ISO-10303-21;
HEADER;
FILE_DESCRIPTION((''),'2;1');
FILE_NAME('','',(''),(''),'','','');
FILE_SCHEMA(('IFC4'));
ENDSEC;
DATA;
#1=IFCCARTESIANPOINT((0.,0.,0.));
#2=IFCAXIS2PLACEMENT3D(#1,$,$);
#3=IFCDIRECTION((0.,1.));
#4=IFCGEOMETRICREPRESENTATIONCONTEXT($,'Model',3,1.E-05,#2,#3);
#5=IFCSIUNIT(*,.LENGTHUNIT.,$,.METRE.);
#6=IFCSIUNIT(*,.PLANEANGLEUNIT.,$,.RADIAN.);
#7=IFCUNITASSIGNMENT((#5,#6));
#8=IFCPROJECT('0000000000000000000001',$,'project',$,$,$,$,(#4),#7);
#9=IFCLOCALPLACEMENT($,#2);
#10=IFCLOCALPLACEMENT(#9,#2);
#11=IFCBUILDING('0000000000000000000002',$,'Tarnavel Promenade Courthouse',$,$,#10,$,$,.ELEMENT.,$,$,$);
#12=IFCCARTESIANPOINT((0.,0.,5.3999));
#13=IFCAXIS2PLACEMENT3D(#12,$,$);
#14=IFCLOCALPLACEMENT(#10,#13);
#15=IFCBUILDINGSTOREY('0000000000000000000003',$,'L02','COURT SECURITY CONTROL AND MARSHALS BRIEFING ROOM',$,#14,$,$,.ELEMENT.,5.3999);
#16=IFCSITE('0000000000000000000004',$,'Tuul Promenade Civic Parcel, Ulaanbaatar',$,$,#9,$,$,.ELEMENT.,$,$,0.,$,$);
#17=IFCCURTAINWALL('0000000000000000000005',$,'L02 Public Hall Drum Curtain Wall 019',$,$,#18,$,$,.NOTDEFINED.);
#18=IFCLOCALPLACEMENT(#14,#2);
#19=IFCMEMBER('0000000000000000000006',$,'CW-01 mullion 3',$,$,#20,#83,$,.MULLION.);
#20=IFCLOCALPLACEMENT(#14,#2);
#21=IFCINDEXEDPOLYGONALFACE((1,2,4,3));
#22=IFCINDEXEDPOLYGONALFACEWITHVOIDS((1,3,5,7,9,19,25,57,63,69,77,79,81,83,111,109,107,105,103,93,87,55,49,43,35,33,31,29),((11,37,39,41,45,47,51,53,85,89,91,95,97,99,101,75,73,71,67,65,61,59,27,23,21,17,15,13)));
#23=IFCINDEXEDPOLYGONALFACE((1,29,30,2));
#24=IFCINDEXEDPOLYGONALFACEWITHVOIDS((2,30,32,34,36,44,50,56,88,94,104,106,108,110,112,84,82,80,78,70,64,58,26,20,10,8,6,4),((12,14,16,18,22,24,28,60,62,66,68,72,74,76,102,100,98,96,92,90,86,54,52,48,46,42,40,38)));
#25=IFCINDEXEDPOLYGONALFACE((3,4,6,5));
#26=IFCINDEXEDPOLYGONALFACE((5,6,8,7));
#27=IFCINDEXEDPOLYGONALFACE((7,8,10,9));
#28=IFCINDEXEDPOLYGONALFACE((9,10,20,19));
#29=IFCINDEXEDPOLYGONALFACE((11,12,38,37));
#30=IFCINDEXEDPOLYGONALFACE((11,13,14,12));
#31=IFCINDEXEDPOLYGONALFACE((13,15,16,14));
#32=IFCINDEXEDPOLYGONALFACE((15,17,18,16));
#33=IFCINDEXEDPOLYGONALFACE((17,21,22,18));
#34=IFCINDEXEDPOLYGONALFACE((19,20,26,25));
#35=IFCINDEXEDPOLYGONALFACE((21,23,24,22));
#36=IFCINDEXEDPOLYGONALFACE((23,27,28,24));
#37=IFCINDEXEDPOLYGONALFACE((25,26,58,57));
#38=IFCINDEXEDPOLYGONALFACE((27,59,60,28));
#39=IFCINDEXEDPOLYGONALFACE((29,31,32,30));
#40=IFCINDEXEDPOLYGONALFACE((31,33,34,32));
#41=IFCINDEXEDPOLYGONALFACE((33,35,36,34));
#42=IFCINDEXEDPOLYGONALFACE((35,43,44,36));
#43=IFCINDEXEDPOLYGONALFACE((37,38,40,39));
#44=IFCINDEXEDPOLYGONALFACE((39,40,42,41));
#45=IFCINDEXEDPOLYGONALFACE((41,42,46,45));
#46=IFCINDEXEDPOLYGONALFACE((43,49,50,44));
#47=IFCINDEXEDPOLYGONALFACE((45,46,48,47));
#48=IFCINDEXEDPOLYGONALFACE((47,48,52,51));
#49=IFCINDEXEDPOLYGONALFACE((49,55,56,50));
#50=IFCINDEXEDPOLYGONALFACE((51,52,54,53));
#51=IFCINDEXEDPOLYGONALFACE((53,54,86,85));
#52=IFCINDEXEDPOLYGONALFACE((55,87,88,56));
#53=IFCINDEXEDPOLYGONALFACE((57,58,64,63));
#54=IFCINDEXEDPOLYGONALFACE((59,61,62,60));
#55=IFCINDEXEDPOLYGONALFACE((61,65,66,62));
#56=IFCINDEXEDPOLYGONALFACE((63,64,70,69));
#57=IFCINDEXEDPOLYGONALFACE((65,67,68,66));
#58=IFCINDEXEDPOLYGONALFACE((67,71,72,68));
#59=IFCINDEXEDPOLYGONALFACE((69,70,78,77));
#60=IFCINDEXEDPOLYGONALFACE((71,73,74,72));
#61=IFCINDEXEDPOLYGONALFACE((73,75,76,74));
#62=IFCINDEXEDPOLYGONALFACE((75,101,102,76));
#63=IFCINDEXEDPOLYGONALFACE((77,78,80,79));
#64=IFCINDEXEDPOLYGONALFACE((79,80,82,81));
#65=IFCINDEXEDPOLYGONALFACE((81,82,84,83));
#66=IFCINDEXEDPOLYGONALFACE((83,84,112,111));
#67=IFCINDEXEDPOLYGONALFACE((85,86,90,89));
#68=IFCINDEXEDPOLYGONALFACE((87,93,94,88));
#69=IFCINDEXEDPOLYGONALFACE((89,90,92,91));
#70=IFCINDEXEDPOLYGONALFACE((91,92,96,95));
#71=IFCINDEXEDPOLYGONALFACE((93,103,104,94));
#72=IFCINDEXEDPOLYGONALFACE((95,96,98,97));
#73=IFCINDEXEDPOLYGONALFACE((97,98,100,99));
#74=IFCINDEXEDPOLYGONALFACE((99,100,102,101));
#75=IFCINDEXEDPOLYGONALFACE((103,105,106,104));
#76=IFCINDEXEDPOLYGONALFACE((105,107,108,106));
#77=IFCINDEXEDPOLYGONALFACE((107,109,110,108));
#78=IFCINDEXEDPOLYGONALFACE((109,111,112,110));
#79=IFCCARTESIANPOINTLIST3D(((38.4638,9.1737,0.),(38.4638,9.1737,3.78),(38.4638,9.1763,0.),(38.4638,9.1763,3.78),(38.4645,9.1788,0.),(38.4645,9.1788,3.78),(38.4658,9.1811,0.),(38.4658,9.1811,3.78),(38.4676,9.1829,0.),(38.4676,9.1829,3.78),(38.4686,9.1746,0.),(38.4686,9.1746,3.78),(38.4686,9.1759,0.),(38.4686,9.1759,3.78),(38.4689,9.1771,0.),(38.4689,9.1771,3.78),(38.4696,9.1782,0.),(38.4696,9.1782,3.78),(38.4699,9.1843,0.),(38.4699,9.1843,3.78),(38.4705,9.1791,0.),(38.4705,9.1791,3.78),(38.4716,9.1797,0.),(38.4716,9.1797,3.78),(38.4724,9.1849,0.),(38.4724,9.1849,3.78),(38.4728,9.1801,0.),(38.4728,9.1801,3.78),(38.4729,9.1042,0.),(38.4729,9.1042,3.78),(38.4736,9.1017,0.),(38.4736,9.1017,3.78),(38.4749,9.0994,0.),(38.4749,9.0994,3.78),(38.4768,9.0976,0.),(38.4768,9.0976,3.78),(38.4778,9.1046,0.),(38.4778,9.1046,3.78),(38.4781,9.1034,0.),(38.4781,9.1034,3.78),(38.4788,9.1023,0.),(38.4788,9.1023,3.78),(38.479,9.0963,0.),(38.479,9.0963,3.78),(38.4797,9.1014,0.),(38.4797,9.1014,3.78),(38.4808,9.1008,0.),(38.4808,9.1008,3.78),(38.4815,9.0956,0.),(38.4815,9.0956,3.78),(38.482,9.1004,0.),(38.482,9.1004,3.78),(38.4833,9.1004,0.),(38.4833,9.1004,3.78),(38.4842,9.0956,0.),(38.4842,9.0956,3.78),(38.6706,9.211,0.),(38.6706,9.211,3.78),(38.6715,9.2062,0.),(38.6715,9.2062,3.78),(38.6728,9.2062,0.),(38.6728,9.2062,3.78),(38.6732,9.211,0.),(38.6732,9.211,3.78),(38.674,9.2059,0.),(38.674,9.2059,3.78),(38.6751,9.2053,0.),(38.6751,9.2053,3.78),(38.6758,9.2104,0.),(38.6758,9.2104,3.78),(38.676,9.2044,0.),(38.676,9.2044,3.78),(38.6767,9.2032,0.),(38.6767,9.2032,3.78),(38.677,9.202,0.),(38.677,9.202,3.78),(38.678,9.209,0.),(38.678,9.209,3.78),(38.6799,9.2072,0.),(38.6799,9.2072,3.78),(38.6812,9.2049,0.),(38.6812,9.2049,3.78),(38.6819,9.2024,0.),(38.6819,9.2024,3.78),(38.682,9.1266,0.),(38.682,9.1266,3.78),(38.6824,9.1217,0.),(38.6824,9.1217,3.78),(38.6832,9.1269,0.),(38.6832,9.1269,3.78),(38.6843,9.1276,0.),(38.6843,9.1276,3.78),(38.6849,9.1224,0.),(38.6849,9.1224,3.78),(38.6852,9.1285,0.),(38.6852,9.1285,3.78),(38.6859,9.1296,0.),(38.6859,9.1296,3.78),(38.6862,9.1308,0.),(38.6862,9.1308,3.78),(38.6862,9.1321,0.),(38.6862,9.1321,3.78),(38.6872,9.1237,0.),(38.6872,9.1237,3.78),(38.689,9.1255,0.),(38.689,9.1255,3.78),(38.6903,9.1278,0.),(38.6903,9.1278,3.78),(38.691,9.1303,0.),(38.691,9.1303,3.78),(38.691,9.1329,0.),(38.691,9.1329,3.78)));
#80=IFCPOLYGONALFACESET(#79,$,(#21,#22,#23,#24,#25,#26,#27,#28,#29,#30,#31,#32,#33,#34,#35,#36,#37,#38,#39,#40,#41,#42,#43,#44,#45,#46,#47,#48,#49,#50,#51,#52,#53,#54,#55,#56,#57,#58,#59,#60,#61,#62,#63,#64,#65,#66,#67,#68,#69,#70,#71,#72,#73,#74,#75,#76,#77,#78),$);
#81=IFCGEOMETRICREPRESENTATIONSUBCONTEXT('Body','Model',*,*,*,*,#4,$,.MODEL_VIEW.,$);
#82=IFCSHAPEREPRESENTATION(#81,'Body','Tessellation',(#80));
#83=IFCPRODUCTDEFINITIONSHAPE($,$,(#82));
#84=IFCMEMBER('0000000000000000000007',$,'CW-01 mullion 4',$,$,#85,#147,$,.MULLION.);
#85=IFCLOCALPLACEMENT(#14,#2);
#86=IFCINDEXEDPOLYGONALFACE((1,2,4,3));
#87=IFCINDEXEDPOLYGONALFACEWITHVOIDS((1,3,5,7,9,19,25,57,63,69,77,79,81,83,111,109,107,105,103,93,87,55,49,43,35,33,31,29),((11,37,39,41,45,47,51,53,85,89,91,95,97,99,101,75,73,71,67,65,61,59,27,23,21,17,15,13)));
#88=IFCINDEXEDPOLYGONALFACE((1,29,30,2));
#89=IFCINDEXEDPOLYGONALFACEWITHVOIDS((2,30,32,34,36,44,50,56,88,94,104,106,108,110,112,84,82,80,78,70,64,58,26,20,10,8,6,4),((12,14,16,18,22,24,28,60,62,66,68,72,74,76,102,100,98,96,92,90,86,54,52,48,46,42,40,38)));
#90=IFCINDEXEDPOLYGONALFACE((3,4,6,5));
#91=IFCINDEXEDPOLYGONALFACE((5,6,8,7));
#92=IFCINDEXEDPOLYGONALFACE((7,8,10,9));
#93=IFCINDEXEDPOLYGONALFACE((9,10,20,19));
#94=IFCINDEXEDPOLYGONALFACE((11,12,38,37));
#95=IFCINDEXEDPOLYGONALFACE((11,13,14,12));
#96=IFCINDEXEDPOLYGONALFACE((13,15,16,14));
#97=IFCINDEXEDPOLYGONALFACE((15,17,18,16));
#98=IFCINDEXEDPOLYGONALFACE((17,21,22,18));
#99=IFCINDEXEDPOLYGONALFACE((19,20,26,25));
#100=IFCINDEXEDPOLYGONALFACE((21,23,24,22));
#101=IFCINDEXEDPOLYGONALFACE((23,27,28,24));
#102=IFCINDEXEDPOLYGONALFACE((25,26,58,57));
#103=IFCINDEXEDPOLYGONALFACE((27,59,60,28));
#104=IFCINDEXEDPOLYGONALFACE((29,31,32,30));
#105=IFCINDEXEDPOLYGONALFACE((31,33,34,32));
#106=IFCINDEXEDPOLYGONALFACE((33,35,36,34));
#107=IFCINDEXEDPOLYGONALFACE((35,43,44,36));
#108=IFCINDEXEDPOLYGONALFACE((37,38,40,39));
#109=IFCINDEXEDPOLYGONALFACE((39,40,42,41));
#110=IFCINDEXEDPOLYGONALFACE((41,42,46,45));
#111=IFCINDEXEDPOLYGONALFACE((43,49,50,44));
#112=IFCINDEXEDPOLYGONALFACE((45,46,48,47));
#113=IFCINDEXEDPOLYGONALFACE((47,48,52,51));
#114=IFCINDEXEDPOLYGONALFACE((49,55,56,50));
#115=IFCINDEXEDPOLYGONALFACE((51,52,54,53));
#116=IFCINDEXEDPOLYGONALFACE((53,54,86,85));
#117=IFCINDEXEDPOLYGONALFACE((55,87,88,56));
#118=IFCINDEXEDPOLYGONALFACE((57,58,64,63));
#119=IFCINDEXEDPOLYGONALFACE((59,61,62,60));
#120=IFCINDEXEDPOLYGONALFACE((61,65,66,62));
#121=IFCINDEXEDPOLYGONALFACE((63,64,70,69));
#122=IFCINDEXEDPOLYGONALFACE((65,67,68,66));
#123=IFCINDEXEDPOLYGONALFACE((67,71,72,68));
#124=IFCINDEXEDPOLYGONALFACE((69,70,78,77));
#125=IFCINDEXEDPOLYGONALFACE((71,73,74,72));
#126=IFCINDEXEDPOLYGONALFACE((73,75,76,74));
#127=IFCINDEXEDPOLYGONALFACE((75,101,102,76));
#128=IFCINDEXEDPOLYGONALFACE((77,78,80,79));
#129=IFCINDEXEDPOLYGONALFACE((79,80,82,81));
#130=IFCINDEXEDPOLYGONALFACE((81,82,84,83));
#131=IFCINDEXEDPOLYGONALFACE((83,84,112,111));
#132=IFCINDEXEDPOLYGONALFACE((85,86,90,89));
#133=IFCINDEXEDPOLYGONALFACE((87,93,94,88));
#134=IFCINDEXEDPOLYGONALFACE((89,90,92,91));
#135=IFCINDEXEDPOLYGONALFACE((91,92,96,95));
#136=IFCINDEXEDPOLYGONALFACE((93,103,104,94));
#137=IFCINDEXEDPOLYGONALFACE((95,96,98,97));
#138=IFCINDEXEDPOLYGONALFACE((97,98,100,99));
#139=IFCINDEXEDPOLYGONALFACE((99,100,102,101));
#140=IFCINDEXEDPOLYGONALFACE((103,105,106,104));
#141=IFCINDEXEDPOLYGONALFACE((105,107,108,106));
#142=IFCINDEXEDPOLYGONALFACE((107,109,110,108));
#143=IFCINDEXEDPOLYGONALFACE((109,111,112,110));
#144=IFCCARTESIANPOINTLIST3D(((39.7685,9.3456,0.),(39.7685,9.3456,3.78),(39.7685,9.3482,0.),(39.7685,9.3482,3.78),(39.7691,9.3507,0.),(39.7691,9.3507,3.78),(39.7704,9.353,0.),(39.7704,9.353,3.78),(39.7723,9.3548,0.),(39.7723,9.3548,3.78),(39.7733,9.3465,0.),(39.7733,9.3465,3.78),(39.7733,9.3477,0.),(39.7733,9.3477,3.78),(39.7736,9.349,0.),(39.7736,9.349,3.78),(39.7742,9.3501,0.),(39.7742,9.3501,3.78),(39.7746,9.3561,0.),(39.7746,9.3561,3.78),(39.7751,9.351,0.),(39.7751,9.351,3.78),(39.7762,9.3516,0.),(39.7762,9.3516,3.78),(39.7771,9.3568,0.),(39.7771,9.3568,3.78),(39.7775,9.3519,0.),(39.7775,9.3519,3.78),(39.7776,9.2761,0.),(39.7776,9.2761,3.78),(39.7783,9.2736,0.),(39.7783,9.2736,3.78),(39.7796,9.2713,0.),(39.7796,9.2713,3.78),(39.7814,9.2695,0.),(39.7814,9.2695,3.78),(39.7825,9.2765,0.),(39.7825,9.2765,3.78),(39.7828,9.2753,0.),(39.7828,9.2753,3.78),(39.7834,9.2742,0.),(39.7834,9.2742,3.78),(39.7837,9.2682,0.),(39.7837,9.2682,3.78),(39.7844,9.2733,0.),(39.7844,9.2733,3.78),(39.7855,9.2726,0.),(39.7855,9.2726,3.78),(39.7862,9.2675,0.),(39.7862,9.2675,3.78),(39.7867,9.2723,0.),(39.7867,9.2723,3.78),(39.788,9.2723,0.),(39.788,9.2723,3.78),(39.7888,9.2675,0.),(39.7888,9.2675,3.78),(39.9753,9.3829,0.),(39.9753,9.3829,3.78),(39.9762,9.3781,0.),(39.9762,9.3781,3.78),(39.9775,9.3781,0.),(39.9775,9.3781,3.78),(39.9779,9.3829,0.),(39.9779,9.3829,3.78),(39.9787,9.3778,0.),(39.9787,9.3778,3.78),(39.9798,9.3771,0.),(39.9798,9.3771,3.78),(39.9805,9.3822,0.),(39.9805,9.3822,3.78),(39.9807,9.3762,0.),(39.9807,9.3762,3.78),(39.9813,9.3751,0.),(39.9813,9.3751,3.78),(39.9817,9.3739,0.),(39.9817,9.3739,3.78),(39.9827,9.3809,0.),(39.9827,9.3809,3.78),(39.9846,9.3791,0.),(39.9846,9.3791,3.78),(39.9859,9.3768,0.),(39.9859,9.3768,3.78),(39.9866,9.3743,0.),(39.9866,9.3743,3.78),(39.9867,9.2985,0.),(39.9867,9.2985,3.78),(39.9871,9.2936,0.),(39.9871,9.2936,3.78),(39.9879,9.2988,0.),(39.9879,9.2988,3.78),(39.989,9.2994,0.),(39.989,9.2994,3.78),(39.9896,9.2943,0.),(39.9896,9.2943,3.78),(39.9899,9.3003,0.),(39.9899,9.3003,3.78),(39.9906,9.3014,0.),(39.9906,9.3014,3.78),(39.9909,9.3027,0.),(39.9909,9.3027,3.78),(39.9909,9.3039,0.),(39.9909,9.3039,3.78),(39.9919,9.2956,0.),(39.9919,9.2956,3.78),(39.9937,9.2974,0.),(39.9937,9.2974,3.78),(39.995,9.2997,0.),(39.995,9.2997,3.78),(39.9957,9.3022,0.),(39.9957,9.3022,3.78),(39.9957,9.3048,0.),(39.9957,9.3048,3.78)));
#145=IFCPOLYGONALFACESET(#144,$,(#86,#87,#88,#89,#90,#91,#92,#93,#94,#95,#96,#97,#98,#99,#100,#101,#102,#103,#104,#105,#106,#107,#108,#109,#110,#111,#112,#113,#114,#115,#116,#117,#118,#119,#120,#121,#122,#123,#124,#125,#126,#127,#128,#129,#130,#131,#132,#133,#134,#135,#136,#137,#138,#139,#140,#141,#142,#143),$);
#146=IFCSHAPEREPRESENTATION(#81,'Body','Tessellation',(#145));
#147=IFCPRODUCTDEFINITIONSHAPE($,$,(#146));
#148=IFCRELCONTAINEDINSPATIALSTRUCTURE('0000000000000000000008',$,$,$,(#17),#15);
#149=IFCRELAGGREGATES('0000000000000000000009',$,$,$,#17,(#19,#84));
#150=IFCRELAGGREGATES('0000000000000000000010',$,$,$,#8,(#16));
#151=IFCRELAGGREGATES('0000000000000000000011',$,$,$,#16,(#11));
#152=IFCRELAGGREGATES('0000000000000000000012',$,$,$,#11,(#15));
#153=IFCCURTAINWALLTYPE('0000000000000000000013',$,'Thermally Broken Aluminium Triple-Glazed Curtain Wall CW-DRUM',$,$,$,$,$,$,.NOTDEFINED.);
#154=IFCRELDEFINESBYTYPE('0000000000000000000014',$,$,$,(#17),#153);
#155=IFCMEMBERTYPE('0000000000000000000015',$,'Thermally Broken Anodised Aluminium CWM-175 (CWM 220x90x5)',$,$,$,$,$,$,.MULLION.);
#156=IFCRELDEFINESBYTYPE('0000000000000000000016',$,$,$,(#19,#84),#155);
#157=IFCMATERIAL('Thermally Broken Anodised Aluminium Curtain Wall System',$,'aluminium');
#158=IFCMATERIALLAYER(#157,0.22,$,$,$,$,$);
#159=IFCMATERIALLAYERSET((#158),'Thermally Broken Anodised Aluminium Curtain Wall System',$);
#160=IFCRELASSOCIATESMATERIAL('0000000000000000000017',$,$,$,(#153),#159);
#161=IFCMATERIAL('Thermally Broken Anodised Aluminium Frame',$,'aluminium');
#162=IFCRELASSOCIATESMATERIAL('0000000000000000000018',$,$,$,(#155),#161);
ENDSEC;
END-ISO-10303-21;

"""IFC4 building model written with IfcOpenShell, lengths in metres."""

from ifc_helpers import new_model, si_unit, direction, frame, origin, origin_2d, place, context, subcontext, project, spatial, hollow_rectangle, extrude, material, layer, layer_set, material_profile, profile_set, type_object, element, aggregate, save


model = new_model("IFC4")

# Units and contexts
model_context = context("Model", 3, precision=1e-05, world=origin(), true_north=direction((0.0, 1.0)))
body_context = subcontext(model_context, "Body", "Model", "MODEL_VIEW")
ifc_project = project(units=[si_unit("LENGTHUNIT", "METRE"), si_unit("PLANEANGLEUNIT", "RADIAN")], contexts=[model_context])

# Site, building, storey
site_placement = place(None, origin())
site = spatial("IfcSite", under=ifc_project, at=site_placement, Name="Tuul Promenade Civic Parcel, Ulaanbaatar", CompositionType="ELEMENT", RefElevation=0.0)
building_placement = place(site_placement, origin())
building = spatial("IfcBuilding", under=site, at=building_placement, Name="Tarnavel Promenade Courthouse", CompositionType="ELEMENT")
storey_placement = place(building_placement, frame((0.0, 0.0, 5.3999)))
storey = spatial("IfcBuildingStorey", under=building, at=storey_placement, Name="L02", Description="COURT SECURITY CONTROL AND MARSHALS BRIEFING ROOM", CompositionType="ELEMENT", Elevation=5.3999)

# Curtain wall, members
ifc_material_1 = material(Name="Thermally Broken Anodised Aluminium Curtain Wall System", Category="aluminium")
ifc_layer_1 = layer(ifc_material_1, 0.22)
ifc_layer_set_1 = layer_set([ifc_layer_1], Name="Thermally Broken Anodised Aluminium Curtain Wall System")
curtain_wall_type = type_object("IfcCurtainWallType", Name="Thermally Broken Aluminium Triple-Glazed Curtain Wall CW-DRUM", PredefinedType="NOTDEFINED", material=ifc_layer_set_1)
ifc_material_2 = material(Name="Thermally Broken Anodised Aluminium Frame", Category="aluminium")
ifc_material_profile_1 = material_profile(ifc_material_2, hollow_rectangle(XDim=0.0901, YDim=0.22, WallThickness=0.0049, InnerFilletRadius=0.0049, OuterFilletRadius=0.01, at=origin_2d()), Name="CWM 220x90x5")
ifc_profile_set_1 = profile_set([ifc_material_profile_1], Name="Thermally Broken Anodised Aluminium Frame")
member_type_1 = type_object("IfcMemberType", Name="Thermally Broken Anodised Aluminium CWM-175 (CWM 220x90x5)", PredefinedType="MULLION", material=ifc_profile_set_1)
curtain_wall_1_placement = place(storey_placement, origin())
curtain_wall_1 = element("IfcCurtainWall", 1, at=curtain_wall_1_placement, inside=storey, type_object=curtain_wall_type, Name="L02 Public Hall Drum Curtain Wall 019", PredefinedType="NOTDEFINED")
member_1_placement = place(storey_placement, frame((38.5774, 9.1533, 0.0), z_axis=(0.0, 0.0, 1.0), x_axis=(-0.130526, 0.991445, 0.0)))
member_1 = element("IfcMember", 2, at=member_1_placement, type_object=member_type_1, Name="CW-01 mullion 3", PredefinedType="MULLION", context=body_context, shape_type="SweptSolid", body=[
    extrude(hollow_rectangle(XDim=0.0901, YDim=0.22, WallThickness=0.0049, InnerFilletRadius=0.0049, OuterFilletRadius=0.01, at=origin_2d()), origin(), (0.0, 0.0, 1.0), 3.78),
])
member_2_placement = place(storey_placement, frame((39.8821, 9.3252, 0.0), z_axis=(0.0, 0.0, 1.0), x_axis=(-0.130526, 0.991445, 0.0)))
member_2 = element("IfcMember", 3, at=member_2_placement, type_object=member_type_1, Name="CW-01 mullion 4", PredefinedType="MULLION", context=body_context, shape_type="SweptSolid", body=[
    extrude(hollow_rectangle(XDim=0.0901, YDim=0.22, WallThickness=0.0049, InnerFilletRadius=0.0049, OuterFilletRadius=0.01, at=origin_2d()), origin(), (0.0, 0.0, 1.0), 3.78),
])

aggregate(curtain_wall_1, [member_1, member_2])

save(model, "model.ifc")
